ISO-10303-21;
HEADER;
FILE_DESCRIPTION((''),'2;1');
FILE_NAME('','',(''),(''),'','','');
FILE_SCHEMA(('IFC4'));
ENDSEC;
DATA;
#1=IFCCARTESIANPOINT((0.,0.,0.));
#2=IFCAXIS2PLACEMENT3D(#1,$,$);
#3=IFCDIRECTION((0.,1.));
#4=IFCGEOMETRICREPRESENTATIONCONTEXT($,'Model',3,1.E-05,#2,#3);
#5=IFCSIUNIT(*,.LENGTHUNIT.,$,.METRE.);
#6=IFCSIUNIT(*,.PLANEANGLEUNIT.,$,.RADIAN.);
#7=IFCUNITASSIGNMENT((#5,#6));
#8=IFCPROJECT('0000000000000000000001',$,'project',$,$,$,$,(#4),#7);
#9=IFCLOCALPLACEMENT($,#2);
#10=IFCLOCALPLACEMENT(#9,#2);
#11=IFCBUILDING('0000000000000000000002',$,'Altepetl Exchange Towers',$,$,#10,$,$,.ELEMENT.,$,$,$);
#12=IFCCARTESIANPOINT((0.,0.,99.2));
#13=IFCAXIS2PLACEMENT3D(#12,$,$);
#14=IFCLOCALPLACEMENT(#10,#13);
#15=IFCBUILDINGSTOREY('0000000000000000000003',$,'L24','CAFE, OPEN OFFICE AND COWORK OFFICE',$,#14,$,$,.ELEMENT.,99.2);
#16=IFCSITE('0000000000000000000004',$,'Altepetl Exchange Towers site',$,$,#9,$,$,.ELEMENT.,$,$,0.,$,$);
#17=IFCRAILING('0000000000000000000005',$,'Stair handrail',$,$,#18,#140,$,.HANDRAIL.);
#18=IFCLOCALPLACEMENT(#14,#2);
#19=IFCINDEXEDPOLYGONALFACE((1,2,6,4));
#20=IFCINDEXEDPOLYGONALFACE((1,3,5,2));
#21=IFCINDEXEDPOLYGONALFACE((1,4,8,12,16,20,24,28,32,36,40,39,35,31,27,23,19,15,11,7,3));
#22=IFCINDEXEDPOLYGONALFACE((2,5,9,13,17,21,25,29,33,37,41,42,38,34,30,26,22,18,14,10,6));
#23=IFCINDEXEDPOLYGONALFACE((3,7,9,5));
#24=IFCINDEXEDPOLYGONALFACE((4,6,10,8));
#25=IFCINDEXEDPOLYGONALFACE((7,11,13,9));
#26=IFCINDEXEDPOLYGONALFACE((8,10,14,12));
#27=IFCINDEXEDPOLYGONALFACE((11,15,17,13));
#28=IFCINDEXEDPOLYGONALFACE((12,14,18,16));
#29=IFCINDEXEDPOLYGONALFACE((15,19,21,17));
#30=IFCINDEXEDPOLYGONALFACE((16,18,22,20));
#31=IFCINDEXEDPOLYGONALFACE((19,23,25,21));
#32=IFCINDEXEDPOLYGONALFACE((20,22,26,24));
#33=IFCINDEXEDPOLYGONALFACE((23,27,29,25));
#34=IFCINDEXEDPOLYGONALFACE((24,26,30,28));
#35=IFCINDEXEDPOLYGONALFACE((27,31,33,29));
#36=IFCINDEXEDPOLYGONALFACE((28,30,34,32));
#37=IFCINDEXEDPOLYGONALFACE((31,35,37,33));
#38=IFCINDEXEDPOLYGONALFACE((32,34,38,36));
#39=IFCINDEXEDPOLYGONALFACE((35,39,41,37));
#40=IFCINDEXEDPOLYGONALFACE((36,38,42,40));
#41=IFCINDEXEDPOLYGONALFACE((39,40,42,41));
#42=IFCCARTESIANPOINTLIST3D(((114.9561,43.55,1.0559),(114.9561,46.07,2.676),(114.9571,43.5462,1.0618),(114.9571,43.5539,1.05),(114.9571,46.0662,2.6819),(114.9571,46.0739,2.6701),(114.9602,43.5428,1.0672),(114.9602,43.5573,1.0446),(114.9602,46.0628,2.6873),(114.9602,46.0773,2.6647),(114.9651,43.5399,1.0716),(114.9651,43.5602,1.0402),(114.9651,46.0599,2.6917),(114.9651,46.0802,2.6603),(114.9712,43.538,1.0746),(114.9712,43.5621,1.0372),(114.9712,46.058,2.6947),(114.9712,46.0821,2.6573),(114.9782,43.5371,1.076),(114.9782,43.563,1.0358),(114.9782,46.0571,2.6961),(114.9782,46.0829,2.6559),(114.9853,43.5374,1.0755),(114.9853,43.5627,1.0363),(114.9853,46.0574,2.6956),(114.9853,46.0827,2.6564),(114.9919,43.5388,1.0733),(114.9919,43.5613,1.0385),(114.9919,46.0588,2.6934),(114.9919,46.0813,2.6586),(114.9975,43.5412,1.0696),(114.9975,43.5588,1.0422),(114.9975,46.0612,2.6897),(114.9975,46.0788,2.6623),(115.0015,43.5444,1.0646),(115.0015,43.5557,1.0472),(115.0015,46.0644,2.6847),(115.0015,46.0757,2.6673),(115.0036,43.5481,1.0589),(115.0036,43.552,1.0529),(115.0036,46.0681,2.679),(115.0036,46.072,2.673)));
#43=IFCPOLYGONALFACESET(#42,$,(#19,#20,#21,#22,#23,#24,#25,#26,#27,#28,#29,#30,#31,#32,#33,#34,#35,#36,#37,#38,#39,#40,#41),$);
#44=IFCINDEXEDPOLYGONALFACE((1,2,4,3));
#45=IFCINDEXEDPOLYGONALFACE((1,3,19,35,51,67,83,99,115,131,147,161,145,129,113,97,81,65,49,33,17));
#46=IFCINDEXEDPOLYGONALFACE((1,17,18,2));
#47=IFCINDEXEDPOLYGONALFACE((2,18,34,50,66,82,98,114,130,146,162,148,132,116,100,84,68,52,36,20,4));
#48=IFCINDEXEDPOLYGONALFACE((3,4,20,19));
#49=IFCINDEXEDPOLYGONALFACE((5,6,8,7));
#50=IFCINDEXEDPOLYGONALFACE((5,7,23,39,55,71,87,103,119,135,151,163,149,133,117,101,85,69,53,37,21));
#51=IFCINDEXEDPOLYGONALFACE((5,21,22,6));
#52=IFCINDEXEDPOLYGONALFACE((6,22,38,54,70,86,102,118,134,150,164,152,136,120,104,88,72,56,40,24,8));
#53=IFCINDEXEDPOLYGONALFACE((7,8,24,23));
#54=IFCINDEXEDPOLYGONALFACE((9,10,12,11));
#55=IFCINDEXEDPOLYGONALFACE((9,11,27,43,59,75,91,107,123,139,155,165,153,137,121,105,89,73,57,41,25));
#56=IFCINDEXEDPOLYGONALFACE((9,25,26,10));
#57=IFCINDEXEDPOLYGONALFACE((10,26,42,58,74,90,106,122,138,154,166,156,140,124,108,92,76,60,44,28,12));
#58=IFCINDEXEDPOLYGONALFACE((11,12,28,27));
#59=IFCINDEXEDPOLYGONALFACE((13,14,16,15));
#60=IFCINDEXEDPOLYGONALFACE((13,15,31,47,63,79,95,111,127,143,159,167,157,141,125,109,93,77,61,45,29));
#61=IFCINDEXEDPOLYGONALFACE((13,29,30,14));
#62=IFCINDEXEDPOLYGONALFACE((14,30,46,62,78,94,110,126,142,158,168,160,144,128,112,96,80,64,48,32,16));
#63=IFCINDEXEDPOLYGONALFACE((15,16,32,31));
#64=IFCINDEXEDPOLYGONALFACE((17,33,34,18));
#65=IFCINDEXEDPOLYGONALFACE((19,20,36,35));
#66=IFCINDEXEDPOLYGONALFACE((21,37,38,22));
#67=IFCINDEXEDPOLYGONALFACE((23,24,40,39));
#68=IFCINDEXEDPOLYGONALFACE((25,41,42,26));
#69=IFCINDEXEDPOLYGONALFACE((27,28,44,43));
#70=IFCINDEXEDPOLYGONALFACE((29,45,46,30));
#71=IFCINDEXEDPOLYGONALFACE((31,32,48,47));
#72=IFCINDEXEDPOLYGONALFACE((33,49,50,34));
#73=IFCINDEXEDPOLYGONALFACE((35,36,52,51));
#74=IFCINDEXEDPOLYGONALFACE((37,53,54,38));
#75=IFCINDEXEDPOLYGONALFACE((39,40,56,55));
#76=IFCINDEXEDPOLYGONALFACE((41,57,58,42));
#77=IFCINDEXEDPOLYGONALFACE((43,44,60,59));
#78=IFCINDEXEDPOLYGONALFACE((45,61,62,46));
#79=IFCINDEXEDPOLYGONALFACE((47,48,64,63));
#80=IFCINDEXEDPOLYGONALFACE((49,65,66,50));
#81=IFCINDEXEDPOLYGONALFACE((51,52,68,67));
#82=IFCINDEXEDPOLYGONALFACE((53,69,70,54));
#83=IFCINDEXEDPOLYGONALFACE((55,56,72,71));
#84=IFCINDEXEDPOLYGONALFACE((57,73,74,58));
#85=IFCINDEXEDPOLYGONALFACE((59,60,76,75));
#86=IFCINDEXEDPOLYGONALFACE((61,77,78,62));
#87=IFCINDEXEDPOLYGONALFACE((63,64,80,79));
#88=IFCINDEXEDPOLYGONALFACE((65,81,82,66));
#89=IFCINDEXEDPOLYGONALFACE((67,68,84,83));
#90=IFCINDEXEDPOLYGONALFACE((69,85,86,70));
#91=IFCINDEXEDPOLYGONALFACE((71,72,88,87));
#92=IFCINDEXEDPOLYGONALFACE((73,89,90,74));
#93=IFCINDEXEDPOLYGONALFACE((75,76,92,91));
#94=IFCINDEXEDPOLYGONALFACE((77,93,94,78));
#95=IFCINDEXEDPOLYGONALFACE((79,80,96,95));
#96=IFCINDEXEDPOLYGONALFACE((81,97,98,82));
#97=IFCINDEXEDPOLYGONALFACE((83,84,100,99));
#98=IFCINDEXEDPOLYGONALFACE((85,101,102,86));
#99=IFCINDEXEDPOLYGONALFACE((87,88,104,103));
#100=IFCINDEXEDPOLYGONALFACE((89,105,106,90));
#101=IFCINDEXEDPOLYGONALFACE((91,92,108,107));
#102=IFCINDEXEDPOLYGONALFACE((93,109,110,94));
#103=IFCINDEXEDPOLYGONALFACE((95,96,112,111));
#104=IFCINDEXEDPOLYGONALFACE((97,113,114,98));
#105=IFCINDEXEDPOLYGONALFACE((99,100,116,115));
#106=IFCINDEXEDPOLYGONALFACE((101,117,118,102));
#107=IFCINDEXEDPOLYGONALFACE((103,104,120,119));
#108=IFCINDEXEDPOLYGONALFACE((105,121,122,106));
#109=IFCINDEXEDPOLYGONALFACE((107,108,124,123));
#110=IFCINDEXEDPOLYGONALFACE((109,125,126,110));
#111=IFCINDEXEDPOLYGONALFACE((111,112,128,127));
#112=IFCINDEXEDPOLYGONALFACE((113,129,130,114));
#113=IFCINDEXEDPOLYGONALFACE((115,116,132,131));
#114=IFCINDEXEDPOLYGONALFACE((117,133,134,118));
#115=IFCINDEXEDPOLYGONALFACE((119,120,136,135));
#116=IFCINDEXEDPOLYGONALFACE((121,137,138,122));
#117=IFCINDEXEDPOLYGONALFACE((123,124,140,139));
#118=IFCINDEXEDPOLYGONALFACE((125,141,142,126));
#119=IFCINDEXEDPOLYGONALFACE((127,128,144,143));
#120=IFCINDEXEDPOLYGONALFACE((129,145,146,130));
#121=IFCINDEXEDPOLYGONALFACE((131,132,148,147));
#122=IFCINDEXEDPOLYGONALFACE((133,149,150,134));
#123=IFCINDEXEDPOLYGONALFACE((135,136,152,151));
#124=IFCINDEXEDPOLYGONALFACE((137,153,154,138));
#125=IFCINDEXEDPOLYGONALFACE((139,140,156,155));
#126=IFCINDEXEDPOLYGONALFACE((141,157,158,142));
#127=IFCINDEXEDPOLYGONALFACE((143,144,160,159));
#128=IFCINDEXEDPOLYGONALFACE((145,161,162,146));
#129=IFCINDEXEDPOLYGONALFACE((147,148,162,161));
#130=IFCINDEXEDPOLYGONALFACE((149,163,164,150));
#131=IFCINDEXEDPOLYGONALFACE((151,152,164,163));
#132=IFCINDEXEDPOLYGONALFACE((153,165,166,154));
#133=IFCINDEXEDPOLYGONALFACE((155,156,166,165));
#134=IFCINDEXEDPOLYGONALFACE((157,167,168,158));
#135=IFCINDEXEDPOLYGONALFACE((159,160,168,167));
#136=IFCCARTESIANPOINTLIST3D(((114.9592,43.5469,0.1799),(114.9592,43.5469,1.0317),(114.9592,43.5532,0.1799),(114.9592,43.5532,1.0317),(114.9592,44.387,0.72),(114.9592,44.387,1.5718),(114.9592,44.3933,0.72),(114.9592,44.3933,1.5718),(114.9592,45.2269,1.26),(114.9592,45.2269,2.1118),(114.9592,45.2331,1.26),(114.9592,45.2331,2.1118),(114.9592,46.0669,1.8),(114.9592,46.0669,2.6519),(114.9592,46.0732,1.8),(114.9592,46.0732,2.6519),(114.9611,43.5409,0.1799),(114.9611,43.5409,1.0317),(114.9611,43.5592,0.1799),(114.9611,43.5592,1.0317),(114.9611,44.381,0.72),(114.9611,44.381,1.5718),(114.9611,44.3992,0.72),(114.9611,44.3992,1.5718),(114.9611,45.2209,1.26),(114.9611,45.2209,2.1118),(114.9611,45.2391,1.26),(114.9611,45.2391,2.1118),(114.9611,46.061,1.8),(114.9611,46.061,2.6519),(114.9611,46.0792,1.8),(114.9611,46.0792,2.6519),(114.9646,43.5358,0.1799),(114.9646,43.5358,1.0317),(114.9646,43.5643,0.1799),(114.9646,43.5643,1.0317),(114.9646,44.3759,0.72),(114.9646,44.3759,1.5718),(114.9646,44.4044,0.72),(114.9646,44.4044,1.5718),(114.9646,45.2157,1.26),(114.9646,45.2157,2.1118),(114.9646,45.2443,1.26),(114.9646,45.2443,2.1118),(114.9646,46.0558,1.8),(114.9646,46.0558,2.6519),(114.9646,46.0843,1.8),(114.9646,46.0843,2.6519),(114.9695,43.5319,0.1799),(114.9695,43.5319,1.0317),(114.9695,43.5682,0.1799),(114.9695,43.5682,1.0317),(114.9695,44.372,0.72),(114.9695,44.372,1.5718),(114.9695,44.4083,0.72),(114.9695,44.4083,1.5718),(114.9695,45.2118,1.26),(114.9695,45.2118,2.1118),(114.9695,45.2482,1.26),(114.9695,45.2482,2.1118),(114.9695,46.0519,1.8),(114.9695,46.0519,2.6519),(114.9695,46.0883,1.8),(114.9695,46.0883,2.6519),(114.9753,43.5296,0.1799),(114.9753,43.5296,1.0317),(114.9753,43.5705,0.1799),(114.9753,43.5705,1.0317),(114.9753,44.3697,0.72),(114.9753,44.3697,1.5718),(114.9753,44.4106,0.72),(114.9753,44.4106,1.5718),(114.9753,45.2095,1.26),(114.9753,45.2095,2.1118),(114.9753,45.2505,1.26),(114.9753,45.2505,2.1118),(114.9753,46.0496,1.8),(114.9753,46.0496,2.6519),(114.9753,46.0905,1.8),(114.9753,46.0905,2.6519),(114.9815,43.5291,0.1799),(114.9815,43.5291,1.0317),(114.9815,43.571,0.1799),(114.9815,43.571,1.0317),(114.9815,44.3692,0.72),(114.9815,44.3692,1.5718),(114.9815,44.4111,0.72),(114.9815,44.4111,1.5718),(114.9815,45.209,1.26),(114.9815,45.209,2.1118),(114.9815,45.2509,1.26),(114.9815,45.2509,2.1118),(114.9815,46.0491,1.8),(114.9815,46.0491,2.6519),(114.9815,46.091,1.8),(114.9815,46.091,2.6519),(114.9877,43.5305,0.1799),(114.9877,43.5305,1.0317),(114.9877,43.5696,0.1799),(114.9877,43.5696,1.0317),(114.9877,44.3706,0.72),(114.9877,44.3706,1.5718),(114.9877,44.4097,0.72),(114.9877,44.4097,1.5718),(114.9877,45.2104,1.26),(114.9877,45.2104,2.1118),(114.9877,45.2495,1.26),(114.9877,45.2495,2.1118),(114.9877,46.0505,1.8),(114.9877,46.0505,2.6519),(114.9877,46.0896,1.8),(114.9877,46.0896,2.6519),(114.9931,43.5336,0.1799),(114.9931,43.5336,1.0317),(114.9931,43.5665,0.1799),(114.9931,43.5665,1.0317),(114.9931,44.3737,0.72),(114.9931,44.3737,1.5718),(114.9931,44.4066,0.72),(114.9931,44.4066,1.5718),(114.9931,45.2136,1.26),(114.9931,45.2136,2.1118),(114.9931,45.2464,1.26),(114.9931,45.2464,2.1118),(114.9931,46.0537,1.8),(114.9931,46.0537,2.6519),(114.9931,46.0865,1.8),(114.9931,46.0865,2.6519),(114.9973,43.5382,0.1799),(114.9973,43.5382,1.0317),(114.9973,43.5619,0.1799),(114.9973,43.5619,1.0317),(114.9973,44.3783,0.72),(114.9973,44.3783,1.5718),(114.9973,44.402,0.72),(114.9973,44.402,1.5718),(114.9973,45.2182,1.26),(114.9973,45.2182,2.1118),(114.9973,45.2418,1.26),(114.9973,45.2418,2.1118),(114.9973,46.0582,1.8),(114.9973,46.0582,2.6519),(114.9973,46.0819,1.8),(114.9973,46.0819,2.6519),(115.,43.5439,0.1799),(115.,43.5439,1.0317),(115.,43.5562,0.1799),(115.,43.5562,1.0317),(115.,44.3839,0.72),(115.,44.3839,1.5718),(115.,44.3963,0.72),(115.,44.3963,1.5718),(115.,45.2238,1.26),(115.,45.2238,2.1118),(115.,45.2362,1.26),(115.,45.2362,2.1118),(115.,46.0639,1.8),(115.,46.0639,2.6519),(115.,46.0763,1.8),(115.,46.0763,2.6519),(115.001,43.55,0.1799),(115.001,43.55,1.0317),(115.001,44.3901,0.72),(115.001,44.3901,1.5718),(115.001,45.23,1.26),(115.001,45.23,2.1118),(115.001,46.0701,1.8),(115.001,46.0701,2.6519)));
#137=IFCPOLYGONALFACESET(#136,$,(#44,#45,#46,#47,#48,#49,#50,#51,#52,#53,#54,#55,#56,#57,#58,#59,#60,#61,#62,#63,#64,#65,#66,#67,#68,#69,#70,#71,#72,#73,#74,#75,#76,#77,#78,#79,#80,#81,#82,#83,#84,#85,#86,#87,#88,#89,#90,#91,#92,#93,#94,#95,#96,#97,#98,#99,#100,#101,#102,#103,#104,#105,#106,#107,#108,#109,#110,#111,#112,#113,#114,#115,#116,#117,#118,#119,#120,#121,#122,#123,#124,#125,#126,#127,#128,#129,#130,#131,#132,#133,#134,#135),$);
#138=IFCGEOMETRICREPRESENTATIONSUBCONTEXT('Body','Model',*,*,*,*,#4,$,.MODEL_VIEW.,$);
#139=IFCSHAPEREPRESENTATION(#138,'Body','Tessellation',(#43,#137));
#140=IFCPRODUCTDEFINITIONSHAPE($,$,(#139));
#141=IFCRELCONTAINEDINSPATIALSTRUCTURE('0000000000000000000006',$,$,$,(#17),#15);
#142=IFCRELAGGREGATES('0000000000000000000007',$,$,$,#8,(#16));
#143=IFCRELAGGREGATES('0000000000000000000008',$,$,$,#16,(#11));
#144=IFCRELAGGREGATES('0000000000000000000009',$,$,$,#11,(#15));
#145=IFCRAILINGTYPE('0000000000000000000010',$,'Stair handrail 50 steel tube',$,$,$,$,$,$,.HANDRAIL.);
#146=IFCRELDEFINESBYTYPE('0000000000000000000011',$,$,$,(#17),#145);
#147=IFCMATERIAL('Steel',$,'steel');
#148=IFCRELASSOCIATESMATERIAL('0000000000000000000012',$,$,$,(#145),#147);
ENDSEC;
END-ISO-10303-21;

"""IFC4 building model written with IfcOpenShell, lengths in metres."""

from ifc_helpers import new_model, si_unit, direction, frame, origin, origin_2d, place, context, subcontext, project, spatial, circle, extrude, source, transform, mapped, material, type_object, element, save


model = new_model("IFC4")

# Units and contexts
model_context = context("Model", 3, precision=1e-05, world=origin(), true_north=direction((0.0, 1.0)))
body_context = subcontext(model_context, "Body", "Model", "MODEL_VIEW")
ifc_project = project(units=[si_unit("LENGTHUNIT", "METRE"), si_unit("PLANEANGLEUNIT", "RADIAN")], contexts=[model_context])

# Site, building, storey
site_placement = place(None, origin())
site = spatial("IfcSite", under=ifc_project, at=site_placement, Name="Altepetl Exchange Towers site", CompositionType="ELEMENT", RefElevation=0.0)
building_placement = place(site_placement, origin())
building = spatial("IfcBuilding", under=site, at=building_placement, Name="Altepetl Exchange Towers", CompositionType="ELEMENT")
storey_placement = place(building_placement, frame((0.0, 0.0, 99.2)))
storey = spatial("IfcBuildingStorey", under=building, at=storey_placement, Name="L24", Description="CAFE, OPEN OFFICE AND COWORK OFFICE", CompositionType="ELEMENT", Elevation=99.2)

# Railing
ifc_material_1 = material(Name="Steel", Category="steel")
railing_type = type_object("IfcRailingType", Name="Stair handrail 50 steel tube", PredefinedType="HANDRAIL", material=ifc_material_1)
shared_shape = source(origin(), body_context, "Body", "SweptSolid", [
    extrude(circle(Radius=0.021, at=origin_2d()), origin(), (0.0, 0.0, 1.0), 0.8518),
])
railing_1_placement = place(storey_placement, frame((114.98, 43.55, 0.1799)))
element("IfcRailing", 1, at=railing_1_placement, inside=storey, type_object=railing_type, Name="Stair handrail", PredefinedType="HANDRAIL", context=body_context, shape_type="SweptSolid", body=[
    extrude(circle(Radius=0.0239, at=origin_2d()), frame((0.0, 0.0, 0.876), z_axis=(0.0, 0.841163, 0.540782), x_axis=(-1.0, 0.0, 0.0)), (0.0, 0.0, 1.0), 2.9958),
    mapped(shared_shape, transform((0.0, 0.0, 0.0))),
    mapped(shared_shape, transform((0.0, 0.8401, 0.54))),
    mapped(shared_shape, transform((0.0, 1.6799, 1.0801))),
    mapped(shared_shape, transform((0.0, 2.52, 1.6201))),
])

save(model, "model.ifc")
